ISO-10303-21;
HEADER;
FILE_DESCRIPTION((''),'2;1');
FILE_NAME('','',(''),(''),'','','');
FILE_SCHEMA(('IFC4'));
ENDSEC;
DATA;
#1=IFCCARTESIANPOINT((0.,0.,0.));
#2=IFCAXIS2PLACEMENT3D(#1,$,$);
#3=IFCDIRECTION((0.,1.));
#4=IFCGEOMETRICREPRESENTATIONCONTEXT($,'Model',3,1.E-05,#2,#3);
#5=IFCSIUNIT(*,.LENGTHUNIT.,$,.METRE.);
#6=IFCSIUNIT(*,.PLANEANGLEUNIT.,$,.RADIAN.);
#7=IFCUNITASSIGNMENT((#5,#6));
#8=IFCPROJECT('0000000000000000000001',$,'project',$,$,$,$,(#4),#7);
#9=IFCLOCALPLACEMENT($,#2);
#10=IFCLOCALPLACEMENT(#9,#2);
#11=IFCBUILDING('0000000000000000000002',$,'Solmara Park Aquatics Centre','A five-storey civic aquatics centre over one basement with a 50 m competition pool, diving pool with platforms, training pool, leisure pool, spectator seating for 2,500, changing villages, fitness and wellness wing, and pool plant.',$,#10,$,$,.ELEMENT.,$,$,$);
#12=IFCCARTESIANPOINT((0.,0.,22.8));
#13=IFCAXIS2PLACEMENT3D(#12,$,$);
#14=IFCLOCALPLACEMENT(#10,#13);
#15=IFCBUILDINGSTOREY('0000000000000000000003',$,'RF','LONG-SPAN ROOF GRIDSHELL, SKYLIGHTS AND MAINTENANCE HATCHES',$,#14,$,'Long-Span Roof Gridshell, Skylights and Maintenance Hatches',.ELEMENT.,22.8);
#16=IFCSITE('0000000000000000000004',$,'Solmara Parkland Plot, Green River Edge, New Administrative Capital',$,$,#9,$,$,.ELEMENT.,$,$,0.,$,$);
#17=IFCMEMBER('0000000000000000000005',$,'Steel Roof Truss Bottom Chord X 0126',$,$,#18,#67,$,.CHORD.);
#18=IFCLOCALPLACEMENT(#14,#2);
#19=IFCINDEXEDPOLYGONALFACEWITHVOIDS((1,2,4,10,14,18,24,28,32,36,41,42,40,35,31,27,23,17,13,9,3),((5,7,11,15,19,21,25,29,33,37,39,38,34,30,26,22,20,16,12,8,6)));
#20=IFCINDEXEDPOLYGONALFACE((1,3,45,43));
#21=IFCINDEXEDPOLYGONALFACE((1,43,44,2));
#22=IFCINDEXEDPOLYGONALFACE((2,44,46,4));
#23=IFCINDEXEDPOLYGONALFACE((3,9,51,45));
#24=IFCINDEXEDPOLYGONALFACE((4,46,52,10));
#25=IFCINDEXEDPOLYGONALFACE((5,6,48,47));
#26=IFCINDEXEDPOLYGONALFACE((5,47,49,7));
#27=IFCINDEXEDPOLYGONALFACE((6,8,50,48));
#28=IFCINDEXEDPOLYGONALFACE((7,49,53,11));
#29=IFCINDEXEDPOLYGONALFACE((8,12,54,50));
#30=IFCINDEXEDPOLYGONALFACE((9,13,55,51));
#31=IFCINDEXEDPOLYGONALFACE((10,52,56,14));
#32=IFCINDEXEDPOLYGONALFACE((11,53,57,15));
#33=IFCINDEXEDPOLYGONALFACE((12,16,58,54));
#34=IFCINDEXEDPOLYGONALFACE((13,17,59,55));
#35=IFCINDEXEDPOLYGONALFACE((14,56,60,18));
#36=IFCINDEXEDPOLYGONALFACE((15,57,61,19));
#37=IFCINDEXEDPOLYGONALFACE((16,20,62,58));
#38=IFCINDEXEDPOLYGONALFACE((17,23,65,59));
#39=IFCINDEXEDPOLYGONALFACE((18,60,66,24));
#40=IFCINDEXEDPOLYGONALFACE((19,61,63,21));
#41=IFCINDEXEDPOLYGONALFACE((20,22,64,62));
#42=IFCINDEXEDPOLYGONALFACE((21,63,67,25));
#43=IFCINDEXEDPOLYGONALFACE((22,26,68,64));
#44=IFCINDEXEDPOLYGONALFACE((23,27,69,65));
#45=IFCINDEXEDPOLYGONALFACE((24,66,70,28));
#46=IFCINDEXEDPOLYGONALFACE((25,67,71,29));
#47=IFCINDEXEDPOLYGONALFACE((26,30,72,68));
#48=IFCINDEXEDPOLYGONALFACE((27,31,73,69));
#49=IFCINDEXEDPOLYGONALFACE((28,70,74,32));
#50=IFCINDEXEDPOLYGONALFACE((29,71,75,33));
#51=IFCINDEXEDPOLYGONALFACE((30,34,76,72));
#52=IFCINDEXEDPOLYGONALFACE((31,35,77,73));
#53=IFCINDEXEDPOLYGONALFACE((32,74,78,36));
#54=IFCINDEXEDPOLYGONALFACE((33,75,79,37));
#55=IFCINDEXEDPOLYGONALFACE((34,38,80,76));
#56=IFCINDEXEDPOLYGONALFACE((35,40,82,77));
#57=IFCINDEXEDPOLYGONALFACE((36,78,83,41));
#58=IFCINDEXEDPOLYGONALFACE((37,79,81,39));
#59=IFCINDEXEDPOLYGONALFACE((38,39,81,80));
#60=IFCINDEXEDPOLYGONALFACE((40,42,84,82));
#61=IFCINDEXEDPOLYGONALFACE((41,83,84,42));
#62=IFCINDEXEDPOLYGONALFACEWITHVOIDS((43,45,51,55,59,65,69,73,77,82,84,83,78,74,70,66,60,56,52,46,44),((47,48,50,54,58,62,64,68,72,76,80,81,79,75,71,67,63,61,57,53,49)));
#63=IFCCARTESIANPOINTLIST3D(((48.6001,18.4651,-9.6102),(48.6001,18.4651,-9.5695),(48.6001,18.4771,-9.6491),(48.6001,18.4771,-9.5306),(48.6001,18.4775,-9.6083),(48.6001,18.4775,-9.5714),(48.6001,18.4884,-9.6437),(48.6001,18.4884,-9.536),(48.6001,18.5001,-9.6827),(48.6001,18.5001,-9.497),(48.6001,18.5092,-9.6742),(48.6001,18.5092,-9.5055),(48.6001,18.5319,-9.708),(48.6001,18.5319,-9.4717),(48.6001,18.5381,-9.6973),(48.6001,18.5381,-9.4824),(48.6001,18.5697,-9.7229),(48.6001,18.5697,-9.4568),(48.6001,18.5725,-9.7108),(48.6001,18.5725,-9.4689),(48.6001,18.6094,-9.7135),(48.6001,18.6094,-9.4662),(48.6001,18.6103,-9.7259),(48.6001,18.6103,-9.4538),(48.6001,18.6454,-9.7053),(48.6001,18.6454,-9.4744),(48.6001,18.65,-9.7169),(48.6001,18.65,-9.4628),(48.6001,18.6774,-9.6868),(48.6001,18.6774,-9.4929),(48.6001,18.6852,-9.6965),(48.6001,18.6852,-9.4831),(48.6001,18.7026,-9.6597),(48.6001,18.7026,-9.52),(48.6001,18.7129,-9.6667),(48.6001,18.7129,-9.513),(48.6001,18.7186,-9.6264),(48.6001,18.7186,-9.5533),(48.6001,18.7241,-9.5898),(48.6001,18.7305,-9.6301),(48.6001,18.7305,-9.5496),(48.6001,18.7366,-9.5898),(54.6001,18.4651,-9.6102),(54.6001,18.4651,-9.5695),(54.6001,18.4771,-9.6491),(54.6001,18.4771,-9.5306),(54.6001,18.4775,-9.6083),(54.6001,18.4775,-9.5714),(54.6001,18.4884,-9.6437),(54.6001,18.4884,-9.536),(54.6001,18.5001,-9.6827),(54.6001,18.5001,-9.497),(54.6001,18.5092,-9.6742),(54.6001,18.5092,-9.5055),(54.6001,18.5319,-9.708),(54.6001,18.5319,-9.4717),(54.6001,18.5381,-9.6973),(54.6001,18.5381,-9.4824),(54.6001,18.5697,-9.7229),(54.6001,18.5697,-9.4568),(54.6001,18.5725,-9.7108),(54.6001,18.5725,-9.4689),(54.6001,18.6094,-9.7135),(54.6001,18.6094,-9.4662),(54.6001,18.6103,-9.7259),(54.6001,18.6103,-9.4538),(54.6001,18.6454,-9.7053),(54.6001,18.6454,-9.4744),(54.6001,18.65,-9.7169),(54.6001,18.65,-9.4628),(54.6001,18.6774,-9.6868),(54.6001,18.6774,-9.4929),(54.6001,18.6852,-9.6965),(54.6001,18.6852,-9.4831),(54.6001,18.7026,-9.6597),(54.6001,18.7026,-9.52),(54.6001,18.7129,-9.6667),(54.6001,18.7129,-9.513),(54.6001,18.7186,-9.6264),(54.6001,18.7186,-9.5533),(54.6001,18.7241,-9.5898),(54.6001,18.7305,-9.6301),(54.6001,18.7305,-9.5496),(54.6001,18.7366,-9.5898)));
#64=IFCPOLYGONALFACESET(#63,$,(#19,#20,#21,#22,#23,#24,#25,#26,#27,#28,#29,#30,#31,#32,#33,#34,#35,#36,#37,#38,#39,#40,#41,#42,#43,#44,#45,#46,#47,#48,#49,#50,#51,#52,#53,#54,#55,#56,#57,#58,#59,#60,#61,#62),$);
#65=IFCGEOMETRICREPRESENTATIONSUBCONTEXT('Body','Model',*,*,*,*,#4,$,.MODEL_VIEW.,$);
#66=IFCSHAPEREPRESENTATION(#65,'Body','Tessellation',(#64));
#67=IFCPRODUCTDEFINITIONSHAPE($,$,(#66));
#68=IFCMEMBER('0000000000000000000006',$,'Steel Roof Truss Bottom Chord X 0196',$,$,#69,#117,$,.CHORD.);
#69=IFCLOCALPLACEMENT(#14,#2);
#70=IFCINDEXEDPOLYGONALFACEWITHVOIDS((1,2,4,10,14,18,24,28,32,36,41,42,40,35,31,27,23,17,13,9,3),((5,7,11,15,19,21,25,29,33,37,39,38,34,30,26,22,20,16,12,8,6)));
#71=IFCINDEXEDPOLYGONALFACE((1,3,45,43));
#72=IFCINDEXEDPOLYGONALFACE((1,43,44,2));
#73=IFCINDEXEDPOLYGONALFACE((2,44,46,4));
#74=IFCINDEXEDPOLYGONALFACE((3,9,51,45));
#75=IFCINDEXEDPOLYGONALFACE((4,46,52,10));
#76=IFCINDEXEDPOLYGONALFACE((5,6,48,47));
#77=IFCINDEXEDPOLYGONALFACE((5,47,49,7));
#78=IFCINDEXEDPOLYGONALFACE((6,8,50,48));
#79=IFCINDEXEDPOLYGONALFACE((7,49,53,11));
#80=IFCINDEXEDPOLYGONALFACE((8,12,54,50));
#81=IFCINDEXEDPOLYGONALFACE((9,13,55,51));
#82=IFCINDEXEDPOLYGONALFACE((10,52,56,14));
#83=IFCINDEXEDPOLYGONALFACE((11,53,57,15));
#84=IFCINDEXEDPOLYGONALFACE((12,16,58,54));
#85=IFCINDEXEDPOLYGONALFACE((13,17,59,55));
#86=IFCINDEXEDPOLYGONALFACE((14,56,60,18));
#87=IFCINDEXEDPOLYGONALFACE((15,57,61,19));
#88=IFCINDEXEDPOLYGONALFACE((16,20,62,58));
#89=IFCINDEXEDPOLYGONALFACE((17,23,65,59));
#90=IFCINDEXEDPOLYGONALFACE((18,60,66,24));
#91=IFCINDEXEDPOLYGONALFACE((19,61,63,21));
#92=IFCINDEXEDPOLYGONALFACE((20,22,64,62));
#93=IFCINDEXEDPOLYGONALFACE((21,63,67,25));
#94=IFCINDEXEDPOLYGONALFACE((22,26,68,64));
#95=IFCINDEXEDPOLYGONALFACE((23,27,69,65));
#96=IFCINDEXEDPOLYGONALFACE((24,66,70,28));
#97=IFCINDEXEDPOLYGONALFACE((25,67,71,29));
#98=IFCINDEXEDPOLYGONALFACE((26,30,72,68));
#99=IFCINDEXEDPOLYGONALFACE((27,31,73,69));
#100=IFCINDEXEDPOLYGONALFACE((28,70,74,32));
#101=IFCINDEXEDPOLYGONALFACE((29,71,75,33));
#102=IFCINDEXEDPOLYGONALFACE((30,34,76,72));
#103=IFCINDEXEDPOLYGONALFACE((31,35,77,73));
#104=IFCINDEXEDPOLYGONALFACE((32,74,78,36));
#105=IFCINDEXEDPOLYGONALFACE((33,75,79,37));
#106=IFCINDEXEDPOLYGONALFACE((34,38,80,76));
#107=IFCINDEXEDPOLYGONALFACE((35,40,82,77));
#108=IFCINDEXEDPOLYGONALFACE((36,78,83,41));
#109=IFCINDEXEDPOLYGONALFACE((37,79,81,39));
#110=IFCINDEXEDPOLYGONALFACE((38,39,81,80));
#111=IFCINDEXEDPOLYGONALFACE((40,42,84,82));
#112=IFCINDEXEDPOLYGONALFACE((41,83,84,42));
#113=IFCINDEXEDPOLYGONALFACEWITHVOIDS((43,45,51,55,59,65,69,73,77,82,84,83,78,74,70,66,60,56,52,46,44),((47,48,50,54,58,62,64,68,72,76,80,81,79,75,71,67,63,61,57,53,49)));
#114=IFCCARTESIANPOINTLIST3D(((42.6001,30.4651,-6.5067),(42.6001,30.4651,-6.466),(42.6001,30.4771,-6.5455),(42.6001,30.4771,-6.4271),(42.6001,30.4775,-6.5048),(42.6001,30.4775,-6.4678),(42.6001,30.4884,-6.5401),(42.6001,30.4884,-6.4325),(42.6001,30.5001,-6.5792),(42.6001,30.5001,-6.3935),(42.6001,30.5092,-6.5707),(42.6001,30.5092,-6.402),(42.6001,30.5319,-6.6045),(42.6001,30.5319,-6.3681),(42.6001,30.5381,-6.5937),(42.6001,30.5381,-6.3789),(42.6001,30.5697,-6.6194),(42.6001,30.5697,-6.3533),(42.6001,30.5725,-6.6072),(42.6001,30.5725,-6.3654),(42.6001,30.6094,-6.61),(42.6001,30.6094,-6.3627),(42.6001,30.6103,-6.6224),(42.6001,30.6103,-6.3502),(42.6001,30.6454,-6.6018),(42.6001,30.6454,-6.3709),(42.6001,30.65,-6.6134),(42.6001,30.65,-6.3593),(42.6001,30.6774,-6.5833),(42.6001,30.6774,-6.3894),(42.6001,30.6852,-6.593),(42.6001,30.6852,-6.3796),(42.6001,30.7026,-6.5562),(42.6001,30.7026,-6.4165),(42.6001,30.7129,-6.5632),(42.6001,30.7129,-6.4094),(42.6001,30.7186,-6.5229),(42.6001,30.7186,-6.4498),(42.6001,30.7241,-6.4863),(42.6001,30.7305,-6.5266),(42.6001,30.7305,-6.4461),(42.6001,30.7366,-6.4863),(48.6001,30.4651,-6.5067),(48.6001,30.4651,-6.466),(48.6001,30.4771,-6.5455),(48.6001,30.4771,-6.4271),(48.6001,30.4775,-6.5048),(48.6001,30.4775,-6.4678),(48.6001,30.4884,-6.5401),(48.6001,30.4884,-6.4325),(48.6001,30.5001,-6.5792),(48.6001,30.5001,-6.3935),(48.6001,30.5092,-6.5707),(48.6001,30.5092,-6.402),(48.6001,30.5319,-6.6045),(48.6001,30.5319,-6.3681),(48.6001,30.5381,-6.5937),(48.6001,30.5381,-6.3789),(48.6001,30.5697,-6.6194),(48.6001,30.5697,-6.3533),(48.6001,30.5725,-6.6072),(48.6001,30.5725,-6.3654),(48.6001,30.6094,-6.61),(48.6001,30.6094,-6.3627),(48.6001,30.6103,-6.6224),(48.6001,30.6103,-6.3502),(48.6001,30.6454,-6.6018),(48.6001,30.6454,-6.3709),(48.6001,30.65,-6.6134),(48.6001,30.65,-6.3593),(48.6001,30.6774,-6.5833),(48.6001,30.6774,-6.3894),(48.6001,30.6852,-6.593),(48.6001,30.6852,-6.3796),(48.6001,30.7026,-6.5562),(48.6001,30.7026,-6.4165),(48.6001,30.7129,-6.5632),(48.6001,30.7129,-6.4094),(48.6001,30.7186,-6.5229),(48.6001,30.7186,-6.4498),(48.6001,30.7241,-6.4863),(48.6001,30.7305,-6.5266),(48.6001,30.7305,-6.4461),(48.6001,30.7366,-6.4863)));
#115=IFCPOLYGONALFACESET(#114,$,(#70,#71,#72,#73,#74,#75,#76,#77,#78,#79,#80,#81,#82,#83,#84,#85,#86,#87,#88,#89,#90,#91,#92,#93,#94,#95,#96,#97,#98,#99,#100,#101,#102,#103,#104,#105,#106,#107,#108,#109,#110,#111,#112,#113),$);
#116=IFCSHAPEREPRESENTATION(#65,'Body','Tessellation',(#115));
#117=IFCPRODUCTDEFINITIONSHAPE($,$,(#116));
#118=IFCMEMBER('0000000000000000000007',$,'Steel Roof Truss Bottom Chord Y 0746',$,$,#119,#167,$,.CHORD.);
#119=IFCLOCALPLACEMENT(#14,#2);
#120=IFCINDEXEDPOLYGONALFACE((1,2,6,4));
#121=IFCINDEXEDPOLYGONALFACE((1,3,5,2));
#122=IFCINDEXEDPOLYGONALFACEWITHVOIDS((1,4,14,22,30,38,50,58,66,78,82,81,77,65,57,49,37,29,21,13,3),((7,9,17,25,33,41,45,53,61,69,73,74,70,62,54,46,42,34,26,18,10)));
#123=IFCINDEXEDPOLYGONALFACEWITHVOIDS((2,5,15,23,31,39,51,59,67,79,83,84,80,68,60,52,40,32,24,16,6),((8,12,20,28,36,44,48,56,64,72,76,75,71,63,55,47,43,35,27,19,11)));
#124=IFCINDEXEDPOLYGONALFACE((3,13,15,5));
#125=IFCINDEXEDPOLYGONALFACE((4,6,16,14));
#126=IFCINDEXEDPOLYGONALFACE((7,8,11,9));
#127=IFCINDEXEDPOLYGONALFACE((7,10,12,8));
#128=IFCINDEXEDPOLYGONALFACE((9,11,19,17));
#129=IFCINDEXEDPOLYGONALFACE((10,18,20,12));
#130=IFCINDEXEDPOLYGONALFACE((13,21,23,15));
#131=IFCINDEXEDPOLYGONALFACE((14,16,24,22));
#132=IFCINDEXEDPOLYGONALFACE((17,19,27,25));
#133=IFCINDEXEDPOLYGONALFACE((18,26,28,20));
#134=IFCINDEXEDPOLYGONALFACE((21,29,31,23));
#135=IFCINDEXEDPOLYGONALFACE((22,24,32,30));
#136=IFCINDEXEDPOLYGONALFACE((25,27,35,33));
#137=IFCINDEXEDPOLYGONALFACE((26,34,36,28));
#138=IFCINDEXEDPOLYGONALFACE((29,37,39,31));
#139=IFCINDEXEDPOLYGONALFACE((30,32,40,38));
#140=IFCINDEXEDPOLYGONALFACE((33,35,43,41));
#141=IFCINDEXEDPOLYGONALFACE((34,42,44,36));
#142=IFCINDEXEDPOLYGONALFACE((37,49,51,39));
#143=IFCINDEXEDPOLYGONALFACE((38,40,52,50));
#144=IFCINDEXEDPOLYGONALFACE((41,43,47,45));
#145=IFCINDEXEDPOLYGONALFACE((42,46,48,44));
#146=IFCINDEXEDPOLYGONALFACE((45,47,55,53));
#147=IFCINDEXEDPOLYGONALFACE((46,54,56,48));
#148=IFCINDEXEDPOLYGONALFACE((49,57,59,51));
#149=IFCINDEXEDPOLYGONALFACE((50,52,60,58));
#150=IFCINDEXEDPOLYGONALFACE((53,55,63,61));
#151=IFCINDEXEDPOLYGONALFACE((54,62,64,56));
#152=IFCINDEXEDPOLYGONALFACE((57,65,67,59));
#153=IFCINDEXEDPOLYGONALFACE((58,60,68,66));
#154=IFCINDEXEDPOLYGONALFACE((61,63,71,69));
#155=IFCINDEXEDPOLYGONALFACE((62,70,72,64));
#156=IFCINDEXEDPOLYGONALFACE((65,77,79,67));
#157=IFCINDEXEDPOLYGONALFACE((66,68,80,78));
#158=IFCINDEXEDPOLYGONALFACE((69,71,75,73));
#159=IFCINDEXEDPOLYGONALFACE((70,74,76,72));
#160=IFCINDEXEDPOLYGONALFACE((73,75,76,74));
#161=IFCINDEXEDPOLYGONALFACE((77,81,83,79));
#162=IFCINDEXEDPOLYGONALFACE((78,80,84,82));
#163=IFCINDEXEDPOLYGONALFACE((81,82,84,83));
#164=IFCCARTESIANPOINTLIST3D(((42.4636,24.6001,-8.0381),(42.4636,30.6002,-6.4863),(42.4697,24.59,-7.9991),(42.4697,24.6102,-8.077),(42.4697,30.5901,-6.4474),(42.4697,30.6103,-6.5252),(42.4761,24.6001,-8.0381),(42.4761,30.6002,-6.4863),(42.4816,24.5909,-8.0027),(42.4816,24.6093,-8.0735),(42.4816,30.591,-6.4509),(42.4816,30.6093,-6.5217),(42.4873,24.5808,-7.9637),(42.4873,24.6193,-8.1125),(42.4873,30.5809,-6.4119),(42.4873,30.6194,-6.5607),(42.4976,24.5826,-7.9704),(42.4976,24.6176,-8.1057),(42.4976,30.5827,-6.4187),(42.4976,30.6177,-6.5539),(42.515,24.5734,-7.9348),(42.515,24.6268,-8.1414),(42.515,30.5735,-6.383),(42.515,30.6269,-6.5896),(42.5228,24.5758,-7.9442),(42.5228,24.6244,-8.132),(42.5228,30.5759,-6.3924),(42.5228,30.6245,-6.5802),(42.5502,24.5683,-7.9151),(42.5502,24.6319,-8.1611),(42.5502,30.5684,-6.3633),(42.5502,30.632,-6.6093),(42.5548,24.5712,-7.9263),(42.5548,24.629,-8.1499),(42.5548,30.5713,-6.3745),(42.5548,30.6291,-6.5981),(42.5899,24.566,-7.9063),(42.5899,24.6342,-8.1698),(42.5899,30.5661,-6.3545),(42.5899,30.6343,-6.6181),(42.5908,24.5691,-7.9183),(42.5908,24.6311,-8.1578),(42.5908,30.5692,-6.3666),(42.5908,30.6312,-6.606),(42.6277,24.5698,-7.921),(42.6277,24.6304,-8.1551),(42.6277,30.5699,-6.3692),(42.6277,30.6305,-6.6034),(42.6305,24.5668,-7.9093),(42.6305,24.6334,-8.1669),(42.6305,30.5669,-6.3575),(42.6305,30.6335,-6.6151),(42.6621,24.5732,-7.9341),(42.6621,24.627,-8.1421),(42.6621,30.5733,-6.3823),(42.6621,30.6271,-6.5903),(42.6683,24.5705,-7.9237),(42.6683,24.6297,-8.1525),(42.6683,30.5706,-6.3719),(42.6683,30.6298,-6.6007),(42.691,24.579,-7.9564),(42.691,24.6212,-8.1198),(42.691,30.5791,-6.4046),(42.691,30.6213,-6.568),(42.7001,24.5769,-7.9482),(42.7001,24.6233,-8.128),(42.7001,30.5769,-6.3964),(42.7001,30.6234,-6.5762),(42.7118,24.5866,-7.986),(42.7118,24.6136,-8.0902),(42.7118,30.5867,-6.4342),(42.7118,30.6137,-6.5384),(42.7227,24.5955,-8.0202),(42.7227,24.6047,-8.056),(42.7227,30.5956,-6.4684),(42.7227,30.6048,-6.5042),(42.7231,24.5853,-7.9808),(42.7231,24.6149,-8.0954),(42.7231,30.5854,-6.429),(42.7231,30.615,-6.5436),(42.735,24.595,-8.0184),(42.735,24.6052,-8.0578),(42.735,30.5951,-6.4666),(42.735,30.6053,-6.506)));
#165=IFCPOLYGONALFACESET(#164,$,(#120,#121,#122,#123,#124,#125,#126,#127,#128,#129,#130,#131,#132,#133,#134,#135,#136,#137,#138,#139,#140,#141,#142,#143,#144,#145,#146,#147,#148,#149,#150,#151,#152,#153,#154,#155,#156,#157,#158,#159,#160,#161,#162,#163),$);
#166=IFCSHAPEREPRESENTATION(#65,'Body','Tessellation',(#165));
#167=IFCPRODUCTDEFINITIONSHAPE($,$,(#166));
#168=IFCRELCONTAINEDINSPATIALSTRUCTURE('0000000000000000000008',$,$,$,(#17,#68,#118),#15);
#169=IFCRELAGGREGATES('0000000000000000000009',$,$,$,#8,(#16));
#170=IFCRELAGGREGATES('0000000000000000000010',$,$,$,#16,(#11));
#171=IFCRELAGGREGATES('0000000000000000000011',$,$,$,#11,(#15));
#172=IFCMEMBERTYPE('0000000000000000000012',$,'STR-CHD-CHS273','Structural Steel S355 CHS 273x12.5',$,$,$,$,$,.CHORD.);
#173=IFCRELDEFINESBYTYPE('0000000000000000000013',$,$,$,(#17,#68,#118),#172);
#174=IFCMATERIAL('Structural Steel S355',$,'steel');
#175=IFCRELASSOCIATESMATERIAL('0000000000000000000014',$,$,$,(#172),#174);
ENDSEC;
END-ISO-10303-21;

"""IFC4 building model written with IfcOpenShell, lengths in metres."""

from ifc_helpers import new_model, si_unit, direction, frame, origin, origin_2d, place, context, subcontext, project, spatial, hollow_circle, extrude, material, material_profile, profile_set, type_object, element, save


model = new_model("IFC4")

# Units and contexts
model_context = context("Model", 3, precision=1e-05, world=origin(), true_north=direction((0.0, 1.0)))
body_context = subcontext(model_context, "Body", "Model", "MODEL_VIEW")
ifc_project = project(units=[si_unit("LENGTHUNIT", "METRE"), si_unit("PLANEANGLEUNIT", "RADIAN")], contexts=[model_context])

# Site, building, storey
site_placement = place(None, origin())
site = spatial("IfcSite", under=ifc_project, at=site_placement, Name="Solmara Parkland Plot, Green River Edge, New Administrative Capital", CompositionType="ELEMENT", RefElevation=0.0)
building_placement = place(site_placement, origin())
building = spatial("IfcBuilding", under=site, at=building_placement, Name="Solmara Park Aquatics Centre", Description="A five-storey civic aquatics centre over one basement with a 50 m competition pool, diving pool with platforms, training pool, leisure pool, spectator seating for 2,500, changing villages, fitness and wellness wing, and pool plant.", CompositionType="ELEMENT")
storey_placement = place(building_placement, frame((0.0, 0.0, 22.8)))
storey = spatial("IfcBuildingStorey", under=building, at=storey_placement, Name="RF", Description="LONG-SPAN ROOF GRIDSHELL, SKYLIGHTS AND MAINTENANCE HATCHES", LongName="Long-Span Roof Gridshell, Skylights and Maintenance Hatches", CompositionType="ELEMENT", Elevation=22.8)

# Members
ifc_material_1 = material(Name="Structural Steel S355", Category="steel")
ifc_material_profile_1 = material_profile(ifc_material_1, hollow_circle(Radius=0.1365, WallThickness=0.0125, at=origin_2d()), Name="CHS 273x12.5")
ifc_profile_set_1 = profile_set([ifc_material_profile_1], Name="Structural Steel S355")
member_type_1 = type_object("IfcMemberType", Name="STR-CHD-CHS273", Description="Structural Steel S355 CHS 273x12.5", PredefinedType="CHORD", material=ifc_profile_set_1)
for number, where, z_axis, x_axis, name in (
    (1, (48.6001, 18.6001, -9.5898), (1.0, 0.0, 0.0), (0.0, 1.0, 0.0), "Steel Roof Truss Bottom Chord X 0126"),
    (2, (42.6001, 30.6001, -6.4863), (1.0, 0.0, 0.0), (0.0, 1.0, 0.0), "Steel Roof Truss Bottom Chord X 0196"),
):
    element("IfcMember", number, at=place(storey_placement, frame(where, z_axis=z_axis, x_axis=x_axis)), inside=storey, type_object=member_type_1, Name=name, PredefinedType="CHORD", context=body_context, shape_type="SweptSolid", body=[
        extrude(hollow_circle(Radius=0.1365, WallThickness=0.0125, at=origin_2d()), origin(), (0.0, 0.0, 1.0), 6.0),
    ])
for number, where, z_axis, x_axis, name in (
    (3, (42.6001, 24.6001, -8.0381), (0.0, 0.968146, 0.250388), (-1.0, 0.0, 0.0), "Steel Roof Truss Bottom Chord Y 0746"),
):
    element("IfcMember", number, at=place(storey_placement, frame(where, z_axis=z_axis, x_axis=x_axis)), inside=storey, type_object=member_type_1, Name=name, PredefinedType="CHORD", context=body_context, shape_type="SweptSolid", body=[
        extrude(hollow_circle(Radius=0.1365, WallThickness=0.0125, at=origin_2d()), origin(), (0.0, 0.0, 1.0), 6.1975),
    ])

save(model, "model.ifc")
